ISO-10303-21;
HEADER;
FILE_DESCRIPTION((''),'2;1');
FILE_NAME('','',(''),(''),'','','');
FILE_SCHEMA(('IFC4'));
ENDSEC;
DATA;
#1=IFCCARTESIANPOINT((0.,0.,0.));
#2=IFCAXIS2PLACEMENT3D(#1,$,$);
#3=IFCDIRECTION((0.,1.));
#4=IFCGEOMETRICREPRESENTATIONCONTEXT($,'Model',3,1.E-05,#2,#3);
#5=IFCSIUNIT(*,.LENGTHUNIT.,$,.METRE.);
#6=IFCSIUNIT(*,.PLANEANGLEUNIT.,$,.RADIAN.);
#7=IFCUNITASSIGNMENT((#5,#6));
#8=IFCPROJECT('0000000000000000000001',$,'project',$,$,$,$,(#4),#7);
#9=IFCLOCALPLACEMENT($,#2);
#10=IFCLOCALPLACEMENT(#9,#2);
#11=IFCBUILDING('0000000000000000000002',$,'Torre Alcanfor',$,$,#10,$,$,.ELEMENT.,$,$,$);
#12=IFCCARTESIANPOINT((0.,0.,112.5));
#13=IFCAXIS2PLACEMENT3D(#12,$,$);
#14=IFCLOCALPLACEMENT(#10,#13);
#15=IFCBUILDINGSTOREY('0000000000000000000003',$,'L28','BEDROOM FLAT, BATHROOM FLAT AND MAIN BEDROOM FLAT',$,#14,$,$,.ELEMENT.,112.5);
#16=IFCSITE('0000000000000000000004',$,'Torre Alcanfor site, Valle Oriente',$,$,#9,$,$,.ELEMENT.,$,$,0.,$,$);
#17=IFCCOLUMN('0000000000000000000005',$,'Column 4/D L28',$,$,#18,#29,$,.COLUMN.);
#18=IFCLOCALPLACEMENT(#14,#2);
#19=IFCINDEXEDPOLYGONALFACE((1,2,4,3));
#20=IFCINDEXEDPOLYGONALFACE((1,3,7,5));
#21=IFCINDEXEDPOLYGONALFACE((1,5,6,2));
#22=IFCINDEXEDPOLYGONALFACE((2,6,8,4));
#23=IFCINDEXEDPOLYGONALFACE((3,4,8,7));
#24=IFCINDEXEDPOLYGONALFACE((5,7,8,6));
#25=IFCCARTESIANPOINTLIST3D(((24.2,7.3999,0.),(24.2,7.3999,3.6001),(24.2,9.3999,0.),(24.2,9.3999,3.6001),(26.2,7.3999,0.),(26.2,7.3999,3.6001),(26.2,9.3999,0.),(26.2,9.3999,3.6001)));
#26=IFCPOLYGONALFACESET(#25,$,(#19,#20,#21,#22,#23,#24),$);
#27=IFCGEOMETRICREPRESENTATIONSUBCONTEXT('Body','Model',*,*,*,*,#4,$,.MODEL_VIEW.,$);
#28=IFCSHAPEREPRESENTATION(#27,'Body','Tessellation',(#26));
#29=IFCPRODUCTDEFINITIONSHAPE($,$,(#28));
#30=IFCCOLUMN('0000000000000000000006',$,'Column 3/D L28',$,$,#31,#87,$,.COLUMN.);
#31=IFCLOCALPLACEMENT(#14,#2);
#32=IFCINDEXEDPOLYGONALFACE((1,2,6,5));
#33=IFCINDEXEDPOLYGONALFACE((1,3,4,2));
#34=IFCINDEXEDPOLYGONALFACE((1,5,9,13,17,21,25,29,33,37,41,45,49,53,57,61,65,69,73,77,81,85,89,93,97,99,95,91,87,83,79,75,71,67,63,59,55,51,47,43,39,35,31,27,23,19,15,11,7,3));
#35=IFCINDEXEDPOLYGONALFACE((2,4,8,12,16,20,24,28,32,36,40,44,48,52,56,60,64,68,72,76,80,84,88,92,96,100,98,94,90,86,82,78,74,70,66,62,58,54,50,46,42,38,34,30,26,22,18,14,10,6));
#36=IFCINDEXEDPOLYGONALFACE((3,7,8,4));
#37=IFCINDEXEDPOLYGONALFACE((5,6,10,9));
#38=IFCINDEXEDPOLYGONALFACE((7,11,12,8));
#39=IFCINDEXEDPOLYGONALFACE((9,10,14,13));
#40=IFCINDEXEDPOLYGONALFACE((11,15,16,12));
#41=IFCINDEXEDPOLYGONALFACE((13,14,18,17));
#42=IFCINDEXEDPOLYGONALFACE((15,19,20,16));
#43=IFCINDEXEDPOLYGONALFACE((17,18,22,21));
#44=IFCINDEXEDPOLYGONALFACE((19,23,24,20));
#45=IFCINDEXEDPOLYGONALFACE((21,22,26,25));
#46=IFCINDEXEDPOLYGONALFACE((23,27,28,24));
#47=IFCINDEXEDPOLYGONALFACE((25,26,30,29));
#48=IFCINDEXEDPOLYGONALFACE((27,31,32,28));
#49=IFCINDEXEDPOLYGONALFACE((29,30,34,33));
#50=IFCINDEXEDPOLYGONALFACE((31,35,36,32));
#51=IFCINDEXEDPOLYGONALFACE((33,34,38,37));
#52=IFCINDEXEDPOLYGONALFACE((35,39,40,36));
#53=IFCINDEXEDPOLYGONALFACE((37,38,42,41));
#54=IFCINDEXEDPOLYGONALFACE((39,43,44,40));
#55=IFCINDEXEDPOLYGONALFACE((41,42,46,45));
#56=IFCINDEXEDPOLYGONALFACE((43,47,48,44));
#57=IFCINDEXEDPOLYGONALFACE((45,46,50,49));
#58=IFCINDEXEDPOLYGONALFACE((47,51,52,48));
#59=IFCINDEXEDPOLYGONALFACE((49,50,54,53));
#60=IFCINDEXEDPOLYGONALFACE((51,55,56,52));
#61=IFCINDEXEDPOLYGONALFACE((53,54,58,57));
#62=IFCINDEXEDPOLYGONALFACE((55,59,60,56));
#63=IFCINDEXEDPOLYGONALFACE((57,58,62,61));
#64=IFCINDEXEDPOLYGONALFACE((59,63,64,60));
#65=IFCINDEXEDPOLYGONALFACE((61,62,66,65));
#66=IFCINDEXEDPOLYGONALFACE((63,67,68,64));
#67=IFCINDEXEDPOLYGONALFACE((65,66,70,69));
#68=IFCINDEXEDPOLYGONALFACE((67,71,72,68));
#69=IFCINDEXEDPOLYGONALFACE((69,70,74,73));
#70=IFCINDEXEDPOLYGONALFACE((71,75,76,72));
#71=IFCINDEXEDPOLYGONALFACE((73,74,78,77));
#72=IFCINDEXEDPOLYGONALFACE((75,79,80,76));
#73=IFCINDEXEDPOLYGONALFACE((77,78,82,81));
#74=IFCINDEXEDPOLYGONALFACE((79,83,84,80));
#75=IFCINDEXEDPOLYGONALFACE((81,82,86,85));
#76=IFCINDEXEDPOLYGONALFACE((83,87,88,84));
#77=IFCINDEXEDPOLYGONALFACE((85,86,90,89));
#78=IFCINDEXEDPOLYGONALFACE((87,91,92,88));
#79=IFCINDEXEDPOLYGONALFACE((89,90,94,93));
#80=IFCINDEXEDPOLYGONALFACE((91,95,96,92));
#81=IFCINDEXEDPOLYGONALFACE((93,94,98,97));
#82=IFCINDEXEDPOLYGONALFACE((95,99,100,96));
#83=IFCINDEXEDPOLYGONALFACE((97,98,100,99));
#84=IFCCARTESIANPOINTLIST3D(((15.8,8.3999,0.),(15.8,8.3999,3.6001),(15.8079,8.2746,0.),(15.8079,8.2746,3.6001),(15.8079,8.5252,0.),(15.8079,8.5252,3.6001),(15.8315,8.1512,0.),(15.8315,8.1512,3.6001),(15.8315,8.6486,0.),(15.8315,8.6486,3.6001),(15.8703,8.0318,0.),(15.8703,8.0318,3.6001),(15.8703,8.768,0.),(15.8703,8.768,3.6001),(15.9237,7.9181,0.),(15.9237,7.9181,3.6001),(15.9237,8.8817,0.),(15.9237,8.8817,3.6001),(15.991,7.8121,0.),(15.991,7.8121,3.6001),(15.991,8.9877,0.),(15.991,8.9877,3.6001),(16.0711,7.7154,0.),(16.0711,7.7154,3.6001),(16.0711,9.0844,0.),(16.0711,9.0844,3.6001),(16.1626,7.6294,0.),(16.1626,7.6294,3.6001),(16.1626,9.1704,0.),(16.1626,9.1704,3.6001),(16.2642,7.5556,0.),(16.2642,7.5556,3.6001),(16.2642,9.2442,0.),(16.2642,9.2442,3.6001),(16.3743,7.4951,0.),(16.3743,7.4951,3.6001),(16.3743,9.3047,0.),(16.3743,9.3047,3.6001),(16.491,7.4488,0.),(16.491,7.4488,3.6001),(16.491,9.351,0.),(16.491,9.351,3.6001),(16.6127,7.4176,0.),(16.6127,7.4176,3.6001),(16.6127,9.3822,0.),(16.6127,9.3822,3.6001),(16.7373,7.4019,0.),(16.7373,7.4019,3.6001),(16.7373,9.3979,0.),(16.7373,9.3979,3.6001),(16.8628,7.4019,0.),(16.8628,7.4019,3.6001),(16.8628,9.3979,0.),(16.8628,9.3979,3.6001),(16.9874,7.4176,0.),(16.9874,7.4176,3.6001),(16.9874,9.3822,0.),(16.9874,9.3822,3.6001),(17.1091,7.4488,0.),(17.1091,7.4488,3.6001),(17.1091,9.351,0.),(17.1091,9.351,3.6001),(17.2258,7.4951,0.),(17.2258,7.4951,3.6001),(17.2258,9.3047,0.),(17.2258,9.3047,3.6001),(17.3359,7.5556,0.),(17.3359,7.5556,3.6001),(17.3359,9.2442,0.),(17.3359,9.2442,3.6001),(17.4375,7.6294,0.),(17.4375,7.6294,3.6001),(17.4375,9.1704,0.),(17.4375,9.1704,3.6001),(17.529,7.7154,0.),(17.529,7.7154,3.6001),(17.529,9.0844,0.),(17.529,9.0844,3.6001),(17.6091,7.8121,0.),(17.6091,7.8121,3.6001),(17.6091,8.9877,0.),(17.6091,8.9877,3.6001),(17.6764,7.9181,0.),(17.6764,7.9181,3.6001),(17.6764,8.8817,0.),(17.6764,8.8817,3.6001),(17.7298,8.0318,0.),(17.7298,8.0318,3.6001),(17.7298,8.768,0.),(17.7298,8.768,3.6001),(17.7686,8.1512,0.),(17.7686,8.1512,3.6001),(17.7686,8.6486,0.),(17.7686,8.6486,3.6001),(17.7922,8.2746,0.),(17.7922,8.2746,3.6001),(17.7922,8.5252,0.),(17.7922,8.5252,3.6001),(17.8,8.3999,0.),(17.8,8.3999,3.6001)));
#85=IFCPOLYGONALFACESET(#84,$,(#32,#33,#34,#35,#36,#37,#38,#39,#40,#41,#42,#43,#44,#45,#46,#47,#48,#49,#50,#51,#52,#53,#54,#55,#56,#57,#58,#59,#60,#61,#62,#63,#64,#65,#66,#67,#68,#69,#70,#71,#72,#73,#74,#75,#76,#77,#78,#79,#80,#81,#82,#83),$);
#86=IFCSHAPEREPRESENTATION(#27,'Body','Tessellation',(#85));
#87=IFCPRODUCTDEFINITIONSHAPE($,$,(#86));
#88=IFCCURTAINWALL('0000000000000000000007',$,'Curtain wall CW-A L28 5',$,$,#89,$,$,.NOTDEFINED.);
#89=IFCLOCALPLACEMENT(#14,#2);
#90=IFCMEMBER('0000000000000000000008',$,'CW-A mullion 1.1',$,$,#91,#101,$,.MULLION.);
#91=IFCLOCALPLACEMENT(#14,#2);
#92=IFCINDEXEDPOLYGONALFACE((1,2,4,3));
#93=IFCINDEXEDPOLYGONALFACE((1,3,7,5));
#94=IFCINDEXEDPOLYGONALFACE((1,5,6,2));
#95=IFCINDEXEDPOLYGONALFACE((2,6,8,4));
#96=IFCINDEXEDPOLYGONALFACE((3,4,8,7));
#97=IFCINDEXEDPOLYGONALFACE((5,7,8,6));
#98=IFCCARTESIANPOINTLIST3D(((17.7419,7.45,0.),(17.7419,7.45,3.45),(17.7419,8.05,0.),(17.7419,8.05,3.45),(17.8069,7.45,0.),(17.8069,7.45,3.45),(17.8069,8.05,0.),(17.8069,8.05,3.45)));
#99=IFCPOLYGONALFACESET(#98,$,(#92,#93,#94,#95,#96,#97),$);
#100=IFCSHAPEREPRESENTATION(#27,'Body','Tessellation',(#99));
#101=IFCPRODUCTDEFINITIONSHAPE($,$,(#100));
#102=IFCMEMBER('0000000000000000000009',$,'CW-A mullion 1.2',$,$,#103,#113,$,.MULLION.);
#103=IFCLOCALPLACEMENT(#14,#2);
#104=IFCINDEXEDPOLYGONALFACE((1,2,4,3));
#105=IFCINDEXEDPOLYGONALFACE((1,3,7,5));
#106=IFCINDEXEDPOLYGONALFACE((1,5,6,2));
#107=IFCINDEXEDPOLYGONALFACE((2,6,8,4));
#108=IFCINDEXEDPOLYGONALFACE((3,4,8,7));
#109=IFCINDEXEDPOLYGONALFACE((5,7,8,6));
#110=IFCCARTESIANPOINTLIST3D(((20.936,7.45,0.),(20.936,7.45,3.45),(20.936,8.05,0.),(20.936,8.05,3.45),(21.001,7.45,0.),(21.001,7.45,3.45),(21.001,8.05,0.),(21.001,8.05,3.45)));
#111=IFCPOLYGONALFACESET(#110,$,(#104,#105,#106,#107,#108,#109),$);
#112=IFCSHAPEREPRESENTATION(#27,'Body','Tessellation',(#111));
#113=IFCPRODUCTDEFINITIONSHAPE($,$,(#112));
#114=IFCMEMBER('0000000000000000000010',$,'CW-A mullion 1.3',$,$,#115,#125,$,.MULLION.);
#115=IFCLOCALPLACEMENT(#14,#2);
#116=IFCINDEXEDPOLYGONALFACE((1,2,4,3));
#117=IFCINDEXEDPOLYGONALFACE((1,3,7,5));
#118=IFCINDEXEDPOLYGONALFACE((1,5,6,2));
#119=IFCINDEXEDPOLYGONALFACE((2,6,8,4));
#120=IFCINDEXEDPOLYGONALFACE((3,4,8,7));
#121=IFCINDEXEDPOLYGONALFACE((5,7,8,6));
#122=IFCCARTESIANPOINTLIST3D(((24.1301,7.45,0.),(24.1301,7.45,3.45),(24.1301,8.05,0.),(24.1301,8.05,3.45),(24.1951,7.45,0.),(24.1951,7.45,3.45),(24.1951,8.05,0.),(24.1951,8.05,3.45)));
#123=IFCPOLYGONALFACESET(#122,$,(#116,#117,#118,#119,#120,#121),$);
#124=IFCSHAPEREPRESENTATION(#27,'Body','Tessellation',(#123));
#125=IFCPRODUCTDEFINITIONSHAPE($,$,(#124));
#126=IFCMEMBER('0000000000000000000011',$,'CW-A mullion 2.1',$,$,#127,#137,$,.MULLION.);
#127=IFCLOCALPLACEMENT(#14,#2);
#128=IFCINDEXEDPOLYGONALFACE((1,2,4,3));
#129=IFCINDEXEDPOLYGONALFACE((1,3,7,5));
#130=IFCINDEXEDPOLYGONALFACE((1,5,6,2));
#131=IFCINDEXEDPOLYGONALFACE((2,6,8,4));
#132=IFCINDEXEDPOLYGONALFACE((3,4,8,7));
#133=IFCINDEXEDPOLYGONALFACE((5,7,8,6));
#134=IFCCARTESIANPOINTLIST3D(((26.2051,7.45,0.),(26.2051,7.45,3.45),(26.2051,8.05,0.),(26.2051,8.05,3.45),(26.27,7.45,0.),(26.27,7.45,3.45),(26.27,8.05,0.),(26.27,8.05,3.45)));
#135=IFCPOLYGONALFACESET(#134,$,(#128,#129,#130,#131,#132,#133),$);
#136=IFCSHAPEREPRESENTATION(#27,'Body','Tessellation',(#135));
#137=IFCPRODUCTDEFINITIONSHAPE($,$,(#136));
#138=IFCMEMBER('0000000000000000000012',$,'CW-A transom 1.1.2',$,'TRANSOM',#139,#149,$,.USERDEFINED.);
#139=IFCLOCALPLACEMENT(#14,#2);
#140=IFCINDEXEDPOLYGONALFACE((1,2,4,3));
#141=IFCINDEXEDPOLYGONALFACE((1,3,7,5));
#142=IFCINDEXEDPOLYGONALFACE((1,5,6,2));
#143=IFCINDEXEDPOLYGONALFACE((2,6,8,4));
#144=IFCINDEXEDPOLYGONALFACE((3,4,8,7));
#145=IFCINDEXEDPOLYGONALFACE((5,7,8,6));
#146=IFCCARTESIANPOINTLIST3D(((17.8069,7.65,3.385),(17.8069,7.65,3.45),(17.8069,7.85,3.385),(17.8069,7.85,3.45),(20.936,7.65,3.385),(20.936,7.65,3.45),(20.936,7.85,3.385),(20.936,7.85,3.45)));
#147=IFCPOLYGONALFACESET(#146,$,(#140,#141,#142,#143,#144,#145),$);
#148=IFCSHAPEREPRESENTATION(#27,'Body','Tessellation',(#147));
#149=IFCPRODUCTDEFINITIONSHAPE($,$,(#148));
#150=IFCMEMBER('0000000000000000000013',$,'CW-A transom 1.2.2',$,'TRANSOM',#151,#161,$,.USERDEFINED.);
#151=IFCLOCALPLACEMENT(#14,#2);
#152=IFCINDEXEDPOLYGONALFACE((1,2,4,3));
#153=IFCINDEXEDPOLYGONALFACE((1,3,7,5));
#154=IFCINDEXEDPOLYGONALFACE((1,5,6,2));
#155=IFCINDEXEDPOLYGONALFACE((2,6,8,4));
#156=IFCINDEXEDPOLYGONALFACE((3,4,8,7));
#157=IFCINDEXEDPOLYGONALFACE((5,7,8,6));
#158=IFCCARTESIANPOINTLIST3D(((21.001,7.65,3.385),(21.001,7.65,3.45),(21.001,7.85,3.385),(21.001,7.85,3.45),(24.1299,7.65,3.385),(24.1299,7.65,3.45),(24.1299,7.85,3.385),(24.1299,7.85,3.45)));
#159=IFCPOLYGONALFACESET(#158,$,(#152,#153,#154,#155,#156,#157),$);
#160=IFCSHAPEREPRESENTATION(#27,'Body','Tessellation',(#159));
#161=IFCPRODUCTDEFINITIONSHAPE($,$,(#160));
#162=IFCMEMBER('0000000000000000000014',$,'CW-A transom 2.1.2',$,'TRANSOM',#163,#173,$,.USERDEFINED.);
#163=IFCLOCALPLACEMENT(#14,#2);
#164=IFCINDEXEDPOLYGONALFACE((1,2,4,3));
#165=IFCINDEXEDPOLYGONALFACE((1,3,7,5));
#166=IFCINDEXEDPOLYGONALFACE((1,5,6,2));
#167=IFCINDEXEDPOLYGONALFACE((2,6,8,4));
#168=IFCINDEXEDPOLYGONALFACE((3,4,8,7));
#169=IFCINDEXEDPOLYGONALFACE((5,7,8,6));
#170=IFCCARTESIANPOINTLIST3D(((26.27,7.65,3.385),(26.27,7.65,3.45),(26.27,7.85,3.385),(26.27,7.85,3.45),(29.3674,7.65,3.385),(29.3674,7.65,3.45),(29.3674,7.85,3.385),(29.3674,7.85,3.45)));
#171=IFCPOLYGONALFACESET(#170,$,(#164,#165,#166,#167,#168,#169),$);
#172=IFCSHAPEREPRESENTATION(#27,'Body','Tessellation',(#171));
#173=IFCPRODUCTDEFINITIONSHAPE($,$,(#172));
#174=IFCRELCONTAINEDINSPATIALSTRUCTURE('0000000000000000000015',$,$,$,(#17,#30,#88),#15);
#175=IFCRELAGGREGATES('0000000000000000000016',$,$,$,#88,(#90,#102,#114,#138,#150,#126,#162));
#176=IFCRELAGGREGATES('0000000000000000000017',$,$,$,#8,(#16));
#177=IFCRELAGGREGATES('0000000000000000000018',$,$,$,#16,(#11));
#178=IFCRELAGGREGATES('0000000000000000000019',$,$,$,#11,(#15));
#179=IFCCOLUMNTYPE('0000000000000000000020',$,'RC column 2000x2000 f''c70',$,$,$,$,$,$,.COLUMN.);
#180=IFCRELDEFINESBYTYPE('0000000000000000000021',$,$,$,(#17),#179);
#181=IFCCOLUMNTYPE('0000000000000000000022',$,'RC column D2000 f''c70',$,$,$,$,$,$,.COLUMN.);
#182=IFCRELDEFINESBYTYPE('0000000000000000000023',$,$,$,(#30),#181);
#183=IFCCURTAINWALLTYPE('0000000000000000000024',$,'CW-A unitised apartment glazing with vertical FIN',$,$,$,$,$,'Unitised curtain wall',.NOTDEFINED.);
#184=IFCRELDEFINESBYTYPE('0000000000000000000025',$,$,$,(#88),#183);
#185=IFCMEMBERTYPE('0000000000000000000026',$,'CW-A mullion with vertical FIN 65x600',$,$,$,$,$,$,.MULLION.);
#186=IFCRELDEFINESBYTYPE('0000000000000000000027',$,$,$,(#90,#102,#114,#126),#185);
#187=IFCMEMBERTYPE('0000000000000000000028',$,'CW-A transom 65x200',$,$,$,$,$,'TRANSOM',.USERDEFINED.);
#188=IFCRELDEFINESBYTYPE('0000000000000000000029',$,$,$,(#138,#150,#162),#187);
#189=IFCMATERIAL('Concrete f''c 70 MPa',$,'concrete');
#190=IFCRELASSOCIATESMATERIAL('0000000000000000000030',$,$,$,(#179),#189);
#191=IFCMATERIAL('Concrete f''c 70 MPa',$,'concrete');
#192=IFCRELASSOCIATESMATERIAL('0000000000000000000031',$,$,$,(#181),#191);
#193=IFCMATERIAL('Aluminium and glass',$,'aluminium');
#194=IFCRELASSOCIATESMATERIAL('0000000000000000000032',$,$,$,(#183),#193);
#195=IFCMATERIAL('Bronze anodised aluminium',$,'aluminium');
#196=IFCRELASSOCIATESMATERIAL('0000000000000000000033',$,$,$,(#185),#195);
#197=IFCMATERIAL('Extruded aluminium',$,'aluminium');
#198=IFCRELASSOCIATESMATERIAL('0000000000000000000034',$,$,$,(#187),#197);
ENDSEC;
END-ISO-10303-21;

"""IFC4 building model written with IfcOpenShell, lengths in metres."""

from ifc_helpers import new_model, si_unit, direction, frame, origin, origin_2d, place, context, subcontext, project, spatial, rectangle, circle, extrude, material, material_profile, profile_set, type_object, element, aggregate, save


model = new_model("IFC4")

# Units and contexts
model_context = context("Model", 3, precision=1e-05, world=origin(), true_north=direction((0.0, 1.0)))
body_context = subcontext(model_context, "Body", "Model", "MODEL_VIEW")
ifc_project = project(units=[si_unit("LENGTHUNIT", "METRE"), si_unit("PLANEANGLEUNIT", "RADIAN")], contexts=[model_context])

# Site, building, storey
site_placement = place(None, origin())
site = spatial("IfcSite", under=ifc_project, at=site_placement, Name="Torre Alcanfor site, Valle Oriente", CompositionType="ELEMENT", RefElevation=0.0)
building_placement = place(site_placement, origin())
building = spatial("IfcBuilding", under=site, at=building_placement, Name="Torre Alcanfor", CompositionType="ELEMENT")
storey_placement = place(building_placement, frame((0.0, 0.0, 112.5)))
storey = spatial("IfcBuildingStorey", under=building, at=storey_placement, Name="L28", Description="BEDROOM FLAT, BATHROOM FLAT AND MAIN BEDROOM FLAT", CompositionType="ELEMENT", Elevation=112.5)

# Columns
ifc_material_1 = material(Name="Concrete f'c 70 MPa", Category="concrete")
ifc_material_profile_1 = material_profile(ifc_material_1, rectangle(XDim=2.0, YDim=2.0, at=origin_2d()), Name="2000x2000")
ifc_profile_set_1 = profile_set([ifc_material_profile_1], Name="Concrete f'c 70 MPa")
column_type_1 = type_object("IfcColumnType", Name="RC column 2000x2000 f'c70", PredefinedType="COLUMN", material=ifc_profile_set_1)
column_1_placement = place(storey_placement, frame((25.2, 8.3999, 0.0), z_axis=(0.0, 0.0, 1.0), x_axis=(1.0, 0.0, 0.0)))
element("IfcColumn", 1, at=column_1_placement, inside=storey, type_object=column_type_1, Name="Column 4/D L28", PredefinedType="COLUMN", context=body_context, shape_type="SweptSolid", body=[
    extrude(rectangle(XDim=2.0, YDim=2.0, at=origin_2d()), origin(), (0.0, 0.0, 1.0), 3.6001),
])
ifc_material_2 = material(Name="Concrete f'c 70 MPa", Category="concrete")
ifc_material_profile_2 = material_profile(ifc_material_2, circle(Radius=1.0, at=origin_2d()), Name="D2000")
ifc_profile_set_2 = profile_set([ifc_material_profile_2], Name="Concrete f'c 70 MPa")
column_type_2 = type_object("IfcColumnType", Name="RC column D2000 f'c70", PredefinedType="COLUMN", material=ifc_profile_set_2)
column_2_placement = place(storey_placement, frame((16.8, 8.3999, 0.0), z_axis=(0.0, 0.0, 1.0), x_axis=(1.0, 0.0, 0.0)))
element("IfcColumn", 2, at=column_2_placement, inside=storey, type_object=column_type_2, Name="Column 3/D L28", PredefinedType="COLUMN", context=body_context, shape_type="SweptSolid", body=[
    extrude(circle(Radius=1.0, at=origin_2d()), origin(), (0.0, 0.0, 1.0), 3.6001),
])

# Curtain wall, members
ifc_material_3 = material(Name="Aluminium and glass", Category="aluminium")
curtain_wall_type = type_object("IfcCurtainWallType", Name="CW-A unitised apartment glazing with vertical FIN", ElementType="Unitised curtain wall", PredefinedType="NOTDEFINED", material=ifc_material_3)
curtain_wall_placement = place(storey_placement, origin())
curtain_wall = element("IfcCurtainWall", 3, at=curtain_wall_placement, inside=storey, type_object=curtain_wall_type, Name="Curtain wall CW-A L28 5", PredefinedType="NOTDEFINED")
ifc_material_4 = material(Name="Bronze anodised aluminium", Category="aluminium")
ifc_material_profile_3 = material_profile(ifc_material_4, rectangle(XDim=0.6001, YDim=0.0649, at=origin_2d()), Name="CW-A mullion 65x600")
ifc_profile_set_3 = profile_set([ifc_material_profile_3], Name="Bronze anodised aluminium")
member_type_1 = type_object("IfcMemberType", Name="CW-A mullion with vertical FIN 65x600", PredefinedType="MULLION", material=ifc_profile_set_3)
member_1_placement = place(storey_placement, frame((17.7744, 7.75, 0.0), z_axis=(0.0, 0.0, 1.0), x_axis=(0.0, 1.0, 0.0)))
member_1 = element("IfcMember", 4, at=member_1_placement, type_object=member_type_1, Name="CW-A mullion 1.1", PredefinedType="MULLION", context=body_context, shape_type="SweptSolid", body=[
    extrude(rectangle(XDim=0.6001, YDim=0.0649, at=origin_2d()), origin(), (0.0, 0.0, 1.0), 3.45),
])
member_2_placement = place(storey_placement, frame((20.9685, 7.75, 0.0), z_axis=(0.0, 0.0, 1.0), x_axis=(0.0, 1.0, 0.0)))
member_2 = element("IfcMember", 5, at=member_2_placement, type_object=member_type_1, Name="CW-A mullion 1.2", PredefinedType="MULLION", context=body_context, shape_type="SweptSolid", body=[
    extrude(rectangle(XDim=0.6001, YDim=0.0649, at=origin_2d()), origin(), (0.0, 0.0, 1.0), 3.45),
])
member_3_placement = place(storey_placement, frame((24.1626, 7.75, 0.0), z_axis=(0.0, 0.0, 1.0), x_axis=(0.0, 1.0, 0.0)))
member_3 = element("IfcMember", 6, at=member_3_placement, type_object=member_type_1, Name="CW-A mullion 1.3", PredefinedType="MULLION", context=body_context, shape_type="SweptSolid", body=[
    extrude(rectangle(XDim=0.6001, YDim=0.0649, at=origin_2d()), origin(), (0.0, 0.0, 1.0), 3.45),
])
member_4_placement = place(storey_placement, frame((26.2375, 7.75, 0.0), z_axis=(0.0, 0.0, 1.0), x_axis=(0.0, 1.0, 0.0)))
member_4 = element("IfcMember", 7, at=member_4_placement, type_object=member_type_1, Name="CW-A mullion 2.1", PredefinedType="MULLION", context=body_context, shape_type="SweptSolid", body=[
    extrude(rectangle(XDim=0.6001, YDim=0.0649, at=origin_2d()), origin(), (0.0, 0.0, 1.0), 3.45),
])
ifc_material_5 = material(Name="Extruded aluminium", Category="aluminium")
ifc_material_profile_4 = material_profile(ifc_material_5, rectangle(XDim=0.2, YDim=0.0649, at=origin_2d()), Name="CW-A transom 200x65")
ifc_profile_set_4 = profile_set([ifc_material_profile_4], Name="Extruded aluminium")
member_type_2 = type_object("IfcMemberType", Name="CW-A transom 65x200", ElementType="TRANSOM", PredefinedType="USERDEFINED", material=ifc_profile_set_4)
member_5_placement = place(storey_placement, frame((17.8069, 7.75, 3.4175), z_axis=(1.0, 0.0, 0.0), x_axis=(0.0, 1.0, 0.0)))
member_5 = element("IfcMember", 8, at=member_5_placement, type_object=member_type_2, Name="CW-A transom 1.1.2", ObjectType="TRANSOM", PredefinedType="USERDEFINED", context=body_context, shape_type="SweptSolid", body=[
    extrude(rectangle(XDim=0.2, YDim=0.0649, at=origin_2d()), origin(), (0.0, 0.0, 1.0), 3.1292),
])
member_6_placement = place(storey_placement, frame((21.001, 7.75, 3.4175), z_axis=(1.0, 0.0, 0.0), x_axis=(0.0, 1.0, 0.0)))
member_6 = element("IfcMember", 9, at=member_6_placement, type_object=member_type_2, Name="CW-A transom 1.2.2", ObjectType="TRANSOM", PredefinedType="USERDEFINED", context=body_context, shape_type="SweptSolid", body=[
    extrude(rectangle(XDim=0.2, YDim=0.0649, at=origin_2d()), origin(), (0.0, 0.0, 1.0), 3.1289),
])
member_7_placement = place(storey_placement, frame((26.27, 7.75, 3.4175), z_axis=(1.0, 0.0, 0.0), x_axis=(0.0, 1.0, 0.0)))
member_7 = element("IfcMember", 10, at=member_7_placement, type_object=member_type_2, Name="CW-A transom 2.1.2", ObjectType="TRANSOM", PredefinedType="USERDEFINED", context=body_context, shape_type="SweptSolid", body=[
    extrude(rectangle(XDim=0.2, YDim=0.0649, at=origin_2d()), origin(), (0.0, 0.0, 1.0), 3.0974),
])

aggregate(curtain_wall, [member_1, member_2, member_3, member_5, member_6, member_4, member_7])

save(model, "model.ifc")
